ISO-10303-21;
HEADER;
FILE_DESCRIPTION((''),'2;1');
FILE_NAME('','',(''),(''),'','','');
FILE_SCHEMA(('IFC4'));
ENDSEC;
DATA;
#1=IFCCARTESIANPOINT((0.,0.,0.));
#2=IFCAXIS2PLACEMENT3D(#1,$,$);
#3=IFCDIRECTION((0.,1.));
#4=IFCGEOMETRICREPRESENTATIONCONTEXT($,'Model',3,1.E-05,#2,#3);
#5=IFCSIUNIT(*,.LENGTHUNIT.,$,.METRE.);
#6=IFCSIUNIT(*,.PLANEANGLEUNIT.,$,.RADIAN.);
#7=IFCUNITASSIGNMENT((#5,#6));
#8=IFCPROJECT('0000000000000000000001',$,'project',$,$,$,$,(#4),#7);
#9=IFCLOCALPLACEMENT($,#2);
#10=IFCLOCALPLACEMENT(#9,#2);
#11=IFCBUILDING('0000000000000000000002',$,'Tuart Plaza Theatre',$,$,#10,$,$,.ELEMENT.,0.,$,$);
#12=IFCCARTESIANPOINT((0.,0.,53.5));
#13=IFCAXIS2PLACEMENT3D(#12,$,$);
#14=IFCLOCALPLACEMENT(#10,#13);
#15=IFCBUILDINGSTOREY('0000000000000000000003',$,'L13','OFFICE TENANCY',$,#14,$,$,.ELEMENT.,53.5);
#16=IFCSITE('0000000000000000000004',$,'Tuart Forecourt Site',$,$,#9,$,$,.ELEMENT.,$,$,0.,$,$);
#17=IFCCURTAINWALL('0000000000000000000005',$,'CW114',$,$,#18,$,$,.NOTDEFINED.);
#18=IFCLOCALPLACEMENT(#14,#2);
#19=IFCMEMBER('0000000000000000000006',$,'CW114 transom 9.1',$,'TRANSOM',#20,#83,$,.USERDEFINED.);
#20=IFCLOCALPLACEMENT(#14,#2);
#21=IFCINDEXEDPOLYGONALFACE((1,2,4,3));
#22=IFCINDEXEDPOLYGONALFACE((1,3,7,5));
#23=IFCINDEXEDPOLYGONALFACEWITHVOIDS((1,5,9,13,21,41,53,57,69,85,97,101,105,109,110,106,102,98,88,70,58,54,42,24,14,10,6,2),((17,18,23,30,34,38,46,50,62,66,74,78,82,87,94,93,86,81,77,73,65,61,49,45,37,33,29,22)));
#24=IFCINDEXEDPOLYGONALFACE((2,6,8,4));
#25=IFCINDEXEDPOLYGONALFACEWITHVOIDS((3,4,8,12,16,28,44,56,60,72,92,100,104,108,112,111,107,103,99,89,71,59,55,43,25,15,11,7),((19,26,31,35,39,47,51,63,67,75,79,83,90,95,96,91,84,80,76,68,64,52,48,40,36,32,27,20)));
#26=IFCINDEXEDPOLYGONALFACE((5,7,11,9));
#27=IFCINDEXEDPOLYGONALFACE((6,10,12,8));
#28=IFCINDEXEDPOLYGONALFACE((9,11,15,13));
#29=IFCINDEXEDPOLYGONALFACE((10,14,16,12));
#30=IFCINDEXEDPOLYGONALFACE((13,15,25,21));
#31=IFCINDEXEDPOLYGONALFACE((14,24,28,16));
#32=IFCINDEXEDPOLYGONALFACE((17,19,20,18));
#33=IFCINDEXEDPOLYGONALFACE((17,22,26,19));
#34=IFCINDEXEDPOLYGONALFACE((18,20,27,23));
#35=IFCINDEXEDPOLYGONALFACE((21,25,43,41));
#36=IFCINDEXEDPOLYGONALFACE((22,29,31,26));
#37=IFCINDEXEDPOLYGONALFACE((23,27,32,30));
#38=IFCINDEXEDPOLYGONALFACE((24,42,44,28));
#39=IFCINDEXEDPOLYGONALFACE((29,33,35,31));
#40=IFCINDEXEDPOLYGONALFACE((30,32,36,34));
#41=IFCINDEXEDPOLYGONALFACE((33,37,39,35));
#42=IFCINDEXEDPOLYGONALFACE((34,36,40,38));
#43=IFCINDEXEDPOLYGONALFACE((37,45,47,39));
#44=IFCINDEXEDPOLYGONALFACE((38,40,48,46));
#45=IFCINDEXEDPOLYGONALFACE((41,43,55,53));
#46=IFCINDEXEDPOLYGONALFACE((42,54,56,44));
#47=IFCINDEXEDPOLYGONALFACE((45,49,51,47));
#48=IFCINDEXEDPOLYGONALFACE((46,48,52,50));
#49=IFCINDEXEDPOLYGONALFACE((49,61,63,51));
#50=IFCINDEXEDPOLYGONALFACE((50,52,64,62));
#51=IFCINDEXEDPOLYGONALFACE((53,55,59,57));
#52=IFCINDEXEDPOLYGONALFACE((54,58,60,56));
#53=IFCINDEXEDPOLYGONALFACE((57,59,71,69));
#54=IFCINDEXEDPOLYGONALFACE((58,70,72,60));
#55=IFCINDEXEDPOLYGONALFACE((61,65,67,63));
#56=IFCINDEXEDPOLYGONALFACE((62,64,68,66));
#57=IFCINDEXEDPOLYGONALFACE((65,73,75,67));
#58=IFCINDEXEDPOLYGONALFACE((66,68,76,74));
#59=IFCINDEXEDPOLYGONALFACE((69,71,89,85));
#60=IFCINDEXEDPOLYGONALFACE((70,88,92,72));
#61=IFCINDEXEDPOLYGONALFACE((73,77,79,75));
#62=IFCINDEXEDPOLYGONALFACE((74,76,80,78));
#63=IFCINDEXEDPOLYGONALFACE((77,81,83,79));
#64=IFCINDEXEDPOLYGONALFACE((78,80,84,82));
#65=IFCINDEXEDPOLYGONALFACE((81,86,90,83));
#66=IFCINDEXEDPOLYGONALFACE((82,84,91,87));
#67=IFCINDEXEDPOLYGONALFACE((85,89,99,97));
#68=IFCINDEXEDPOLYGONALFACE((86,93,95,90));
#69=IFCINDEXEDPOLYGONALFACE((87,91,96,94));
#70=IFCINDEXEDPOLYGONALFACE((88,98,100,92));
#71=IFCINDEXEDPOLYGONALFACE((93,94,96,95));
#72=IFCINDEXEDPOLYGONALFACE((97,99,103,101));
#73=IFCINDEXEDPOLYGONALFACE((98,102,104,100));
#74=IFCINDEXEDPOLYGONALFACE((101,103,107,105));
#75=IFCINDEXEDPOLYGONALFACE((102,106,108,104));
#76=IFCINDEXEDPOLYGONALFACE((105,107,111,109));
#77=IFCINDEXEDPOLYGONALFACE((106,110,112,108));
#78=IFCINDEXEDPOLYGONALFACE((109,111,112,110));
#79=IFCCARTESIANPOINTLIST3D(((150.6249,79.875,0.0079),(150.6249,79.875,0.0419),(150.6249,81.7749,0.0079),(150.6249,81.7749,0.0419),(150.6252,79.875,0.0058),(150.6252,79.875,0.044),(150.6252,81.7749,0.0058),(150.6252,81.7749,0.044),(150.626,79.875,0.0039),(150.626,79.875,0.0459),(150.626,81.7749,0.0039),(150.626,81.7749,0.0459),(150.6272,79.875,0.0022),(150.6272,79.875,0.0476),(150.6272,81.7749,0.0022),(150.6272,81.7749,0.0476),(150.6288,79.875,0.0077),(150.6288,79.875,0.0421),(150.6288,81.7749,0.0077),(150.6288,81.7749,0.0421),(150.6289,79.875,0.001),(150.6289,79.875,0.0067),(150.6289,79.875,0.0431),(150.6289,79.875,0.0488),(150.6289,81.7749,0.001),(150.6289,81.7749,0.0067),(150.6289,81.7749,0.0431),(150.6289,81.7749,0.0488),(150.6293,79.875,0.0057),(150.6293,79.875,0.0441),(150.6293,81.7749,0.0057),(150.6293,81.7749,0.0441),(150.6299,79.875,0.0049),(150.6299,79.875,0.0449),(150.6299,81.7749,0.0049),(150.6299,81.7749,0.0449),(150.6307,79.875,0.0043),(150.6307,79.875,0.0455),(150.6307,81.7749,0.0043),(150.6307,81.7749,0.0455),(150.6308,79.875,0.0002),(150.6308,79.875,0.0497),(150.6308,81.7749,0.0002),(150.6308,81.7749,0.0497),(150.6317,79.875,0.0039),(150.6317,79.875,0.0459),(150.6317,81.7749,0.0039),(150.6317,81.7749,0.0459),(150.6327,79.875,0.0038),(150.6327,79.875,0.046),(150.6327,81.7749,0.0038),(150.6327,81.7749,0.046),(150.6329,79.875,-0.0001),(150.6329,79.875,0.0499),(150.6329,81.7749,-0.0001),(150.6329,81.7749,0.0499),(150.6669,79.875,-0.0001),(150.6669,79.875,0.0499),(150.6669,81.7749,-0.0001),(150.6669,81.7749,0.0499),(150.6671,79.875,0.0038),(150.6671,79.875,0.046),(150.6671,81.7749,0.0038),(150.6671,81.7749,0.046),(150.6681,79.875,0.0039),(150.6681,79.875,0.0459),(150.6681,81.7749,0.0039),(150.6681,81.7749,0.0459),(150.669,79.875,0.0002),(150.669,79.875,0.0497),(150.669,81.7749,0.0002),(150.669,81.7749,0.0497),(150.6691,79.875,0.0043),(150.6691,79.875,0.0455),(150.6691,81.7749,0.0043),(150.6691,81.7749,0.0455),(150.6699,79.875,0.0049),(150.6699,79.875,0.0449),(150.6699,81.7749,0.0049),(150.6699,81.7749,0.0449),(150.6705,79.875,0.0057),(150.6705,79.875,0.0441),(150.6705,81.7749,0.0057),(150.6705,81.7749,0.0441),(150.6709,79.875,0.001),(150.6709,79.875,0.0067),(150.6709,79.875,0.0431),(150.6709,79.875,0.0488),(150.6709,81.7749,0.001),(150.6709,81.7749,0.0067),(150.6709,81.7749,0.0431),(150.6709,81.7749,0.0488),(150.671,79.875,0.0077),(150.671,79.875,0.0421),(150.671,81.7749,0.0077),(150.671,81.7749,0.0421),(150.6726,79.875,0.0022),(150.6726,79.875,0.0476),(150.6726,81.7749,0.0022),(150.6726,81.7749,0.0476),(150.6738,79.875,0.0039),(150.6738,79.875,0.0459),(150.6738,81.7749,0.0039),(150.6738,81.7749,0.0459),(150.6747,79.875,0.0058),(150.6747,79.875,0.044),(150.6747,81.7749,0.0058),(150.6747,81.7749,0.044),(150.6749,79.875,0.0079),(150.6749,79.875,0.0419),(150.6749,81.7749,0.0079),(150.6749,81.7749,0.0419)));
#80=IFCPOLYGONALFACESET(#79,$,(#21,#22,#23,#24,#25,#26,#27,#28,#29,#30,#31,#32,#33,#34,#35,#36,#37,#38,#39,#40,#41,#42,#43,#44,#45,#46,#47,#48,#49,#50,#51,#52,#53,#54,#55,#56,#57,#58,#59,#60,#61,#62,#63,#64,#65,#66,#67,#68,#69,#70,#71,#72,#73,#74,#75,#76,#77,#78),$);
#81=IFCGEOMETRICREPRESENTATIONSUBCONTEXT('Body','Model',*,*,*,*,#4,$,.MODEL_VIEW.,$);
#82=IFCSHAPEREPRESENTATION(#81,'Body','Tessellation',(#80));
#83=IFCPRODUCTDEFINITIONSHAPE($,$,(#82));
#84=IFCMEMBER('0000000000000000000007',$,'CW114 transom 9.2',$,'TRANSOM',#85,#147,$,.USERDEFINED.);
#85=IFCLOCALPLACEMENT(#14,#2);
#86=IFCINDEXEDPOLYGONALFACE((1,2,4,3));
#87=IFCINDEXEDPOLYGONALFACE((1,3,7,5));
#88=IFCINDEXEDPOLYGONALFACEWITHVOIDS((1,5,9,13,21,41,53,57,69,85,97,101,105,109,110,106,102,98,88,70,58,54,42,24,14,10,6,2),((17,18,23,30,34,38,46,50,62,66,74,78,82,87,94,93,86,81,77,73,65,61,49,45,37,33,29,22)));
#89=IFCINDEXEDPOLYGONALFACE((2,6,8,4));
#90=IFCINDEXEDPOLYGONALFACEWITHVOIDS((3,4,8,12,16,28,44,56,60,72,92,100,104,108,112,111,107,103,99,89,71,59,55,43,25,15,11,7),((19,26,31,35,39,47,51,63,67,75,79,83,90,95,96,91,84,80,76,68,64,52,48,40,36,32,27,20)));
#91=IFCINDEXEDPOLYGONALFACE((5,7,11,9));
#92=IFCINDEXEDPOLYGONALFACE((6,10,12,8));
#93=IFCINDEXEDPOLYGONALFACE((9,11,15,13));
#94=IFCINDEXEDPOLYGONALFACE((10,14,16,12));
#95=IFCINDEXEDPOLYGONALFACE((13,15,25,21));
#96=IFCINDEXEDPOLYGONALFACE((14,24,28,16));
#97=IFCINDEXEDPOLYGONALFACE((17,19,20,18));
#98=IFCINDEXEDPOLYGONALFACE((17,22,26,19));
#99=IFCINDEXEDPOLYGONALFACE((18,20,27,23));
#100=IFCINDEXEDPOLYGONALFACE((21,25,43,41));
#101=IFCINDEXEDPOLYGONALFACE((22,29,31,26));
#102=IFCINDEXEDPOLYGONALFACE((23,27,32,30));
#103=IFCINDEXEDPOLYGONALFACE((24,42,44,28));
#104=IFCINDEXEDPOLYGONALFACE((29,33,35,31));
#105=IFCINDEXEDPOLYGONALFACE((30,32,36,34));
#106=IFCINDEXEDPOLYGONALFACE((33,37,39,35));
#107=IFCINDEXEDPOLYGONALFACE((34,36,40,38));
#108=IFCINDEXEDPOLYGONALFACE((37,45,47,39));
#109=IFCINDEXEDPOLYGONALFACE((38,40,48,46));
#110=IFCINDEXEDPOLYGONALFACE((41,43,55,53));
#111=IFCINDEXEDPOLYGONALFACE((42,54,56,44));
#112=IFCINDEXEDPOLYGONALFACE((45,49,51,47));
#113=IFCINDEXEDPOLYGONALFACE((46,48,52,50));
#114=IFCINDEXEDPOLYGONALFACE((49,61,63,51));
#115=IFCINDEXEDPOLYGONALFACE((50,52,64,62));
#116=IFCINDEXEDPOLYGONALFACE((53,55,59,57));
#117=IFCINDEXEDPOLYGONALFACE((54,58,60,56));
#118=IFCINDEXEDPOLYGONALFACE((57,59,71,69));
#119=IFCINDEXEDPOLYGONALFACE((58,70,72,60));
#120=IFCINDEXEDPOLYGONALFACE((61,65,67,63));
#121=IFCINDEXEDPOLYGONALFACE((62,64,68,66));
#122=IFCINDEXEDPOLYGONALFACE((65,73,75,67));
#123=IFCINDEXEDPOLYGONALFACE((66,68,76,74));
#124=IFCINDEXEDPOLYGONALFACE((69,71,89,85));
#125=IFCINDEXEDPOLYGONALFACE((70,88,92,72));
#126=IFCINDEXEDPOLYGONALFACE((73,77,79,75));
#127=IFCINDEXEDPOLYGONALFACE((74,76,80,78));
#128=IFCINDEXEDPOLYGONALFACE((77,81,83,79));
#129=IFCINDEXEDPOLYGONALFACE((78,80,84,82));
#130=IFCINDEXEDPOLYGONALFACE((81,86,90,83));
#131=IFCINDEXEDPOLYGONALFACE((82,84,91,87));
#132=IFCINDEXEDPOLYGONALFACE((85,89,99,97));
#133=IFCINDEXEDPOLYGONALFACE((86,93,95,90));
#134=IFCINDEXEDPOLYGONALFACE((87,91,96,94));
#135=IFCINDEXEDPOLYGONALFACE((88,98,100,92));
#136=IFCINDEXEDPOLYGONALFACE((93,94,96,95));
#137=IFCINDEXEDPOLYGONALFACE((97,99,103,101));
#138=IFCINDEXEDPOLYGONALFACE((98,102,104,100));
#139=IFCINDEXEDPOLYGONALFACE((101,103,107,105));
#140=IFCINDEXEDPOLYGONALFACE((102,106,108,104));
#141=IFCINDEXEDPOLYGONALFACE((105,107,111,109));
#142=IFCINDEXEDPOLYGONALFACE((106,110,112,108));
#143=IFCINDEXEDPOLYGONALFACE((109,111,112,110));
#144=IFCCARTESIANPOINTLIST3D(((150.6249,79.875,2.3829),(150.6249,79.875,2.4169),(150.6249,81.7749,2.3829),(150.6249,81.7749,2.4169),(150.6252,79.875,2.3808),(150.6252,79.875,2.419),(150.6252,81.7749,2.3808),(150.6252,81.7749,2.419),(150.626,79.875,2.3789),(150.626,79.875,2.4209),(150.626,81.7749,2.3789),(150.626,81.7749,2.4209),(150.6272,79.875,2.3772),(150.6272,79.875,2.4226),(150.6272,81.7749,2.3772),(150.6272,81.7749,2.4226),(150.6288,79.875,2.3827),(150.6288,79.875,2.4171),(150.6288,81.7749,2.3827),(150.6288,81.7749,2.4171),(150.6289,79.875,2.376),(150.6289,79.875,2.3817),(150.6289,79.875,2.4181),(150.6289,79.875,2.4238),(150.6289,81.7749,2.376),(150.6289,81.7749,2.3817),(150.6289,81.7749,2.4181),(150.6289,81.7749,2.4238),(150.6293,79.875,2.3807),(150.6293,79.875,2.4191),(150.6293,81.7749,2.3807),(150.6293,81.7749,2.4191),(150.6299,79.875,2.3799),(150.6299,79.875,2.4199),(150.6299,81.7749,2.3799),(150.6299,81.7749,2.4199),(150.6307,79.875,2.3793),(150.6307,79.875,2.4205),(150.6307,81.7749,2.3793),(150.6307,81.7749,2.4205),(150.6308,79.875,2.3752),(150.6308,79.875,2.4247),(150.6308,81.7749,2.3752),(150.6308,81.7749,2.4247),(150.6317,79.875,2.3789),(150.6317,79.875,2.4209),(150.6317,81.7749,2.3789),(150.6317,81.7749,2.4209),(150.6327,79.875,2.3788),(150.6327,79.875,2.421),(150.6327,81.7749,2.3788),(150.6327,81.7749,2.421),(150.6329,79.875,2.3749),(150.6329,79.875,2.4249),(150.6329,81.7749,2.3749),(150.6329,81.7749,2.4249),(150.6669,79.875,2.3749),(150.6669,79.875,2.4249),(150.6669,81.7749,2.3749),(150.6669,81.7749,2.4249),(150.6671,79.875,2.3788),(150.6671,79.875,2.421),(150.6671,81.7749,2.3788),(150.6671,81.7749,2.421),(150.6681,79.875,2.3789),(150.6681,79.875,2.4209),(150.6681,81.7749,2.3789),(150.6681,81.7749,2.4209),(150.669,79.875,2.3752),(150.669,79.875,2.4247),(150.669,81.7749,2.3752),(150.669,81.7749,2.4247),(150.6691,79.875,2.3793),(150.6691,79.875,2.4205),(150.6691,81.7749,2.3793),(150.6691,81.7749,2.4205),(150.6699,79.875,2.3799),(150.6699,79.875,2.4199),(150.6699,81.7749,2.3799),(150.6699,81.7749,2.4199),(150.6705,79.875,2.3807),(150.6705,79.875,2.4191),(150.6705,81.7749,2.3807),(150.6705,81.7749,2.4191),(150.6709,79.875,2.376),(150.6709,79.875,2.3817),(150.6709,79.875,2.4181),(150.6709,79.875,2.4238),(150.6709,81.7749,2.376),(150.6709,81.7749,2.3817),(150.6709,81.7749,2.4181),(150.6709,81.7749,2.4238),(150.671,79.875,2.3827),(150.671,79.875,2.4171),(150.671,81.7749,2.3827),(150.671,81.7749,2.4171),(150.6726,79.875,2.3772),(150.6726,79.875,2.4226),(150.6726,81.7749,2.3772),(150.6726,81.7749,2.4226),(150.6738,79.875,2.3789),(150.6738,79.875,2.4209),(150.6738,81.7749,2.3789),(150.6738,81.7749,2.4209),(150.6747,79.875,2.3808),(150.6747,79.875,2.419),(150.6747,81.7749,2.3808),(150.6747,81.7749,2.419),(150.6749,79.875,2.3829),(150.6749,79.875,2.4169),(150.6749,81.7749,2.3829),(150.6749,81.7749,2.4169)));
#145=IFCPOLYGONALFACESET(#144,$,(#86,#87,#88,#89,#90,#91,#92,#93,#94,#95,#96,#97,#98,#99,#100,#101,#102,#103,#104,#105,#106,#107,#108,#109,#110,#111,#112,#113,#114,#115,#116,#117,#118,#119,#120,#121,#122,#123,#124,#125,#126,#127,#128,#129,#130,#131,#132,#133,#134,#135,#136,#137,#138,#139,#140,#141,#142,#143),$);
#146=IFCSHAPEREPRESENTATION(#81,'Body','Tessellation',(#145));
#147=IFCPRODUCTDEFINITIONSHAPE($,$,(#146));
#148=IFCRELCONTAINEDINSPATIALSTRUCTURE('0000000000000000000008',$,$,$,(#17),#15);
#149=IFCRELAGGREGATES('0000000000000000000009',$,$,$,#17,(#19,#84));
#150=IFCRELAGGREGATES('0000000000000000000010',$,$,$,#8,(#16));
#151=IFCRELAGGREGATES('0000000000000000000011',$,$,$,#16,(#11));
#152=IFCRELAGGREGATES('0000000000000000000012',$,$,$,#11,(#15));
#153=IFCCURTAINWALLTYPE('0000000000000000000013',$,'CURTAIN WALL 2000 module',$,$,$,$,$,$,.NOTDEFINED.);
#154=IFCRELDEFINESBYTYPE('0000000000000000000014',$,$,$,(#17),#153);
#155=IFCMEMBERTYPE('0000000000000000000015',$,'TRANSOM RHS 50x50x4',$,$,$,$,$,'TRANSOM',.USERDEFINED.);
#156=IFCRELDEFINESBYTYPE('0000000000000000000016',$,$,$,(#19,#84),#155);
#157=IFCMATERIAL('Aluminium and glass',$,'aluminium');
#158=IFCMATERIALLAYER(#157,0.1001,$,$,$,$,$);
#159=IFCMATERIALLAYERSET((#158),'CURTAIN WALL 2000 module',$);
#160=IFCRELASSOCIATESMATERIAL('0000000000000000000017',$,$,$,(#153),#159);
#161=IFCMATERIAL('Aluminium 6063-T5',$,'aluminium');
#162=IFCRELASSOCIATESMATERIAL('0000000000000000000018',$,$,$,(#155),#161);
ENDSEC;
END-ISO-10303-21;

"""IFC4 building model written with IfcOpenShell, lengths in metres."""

from ifc_helpers import new_model, si_unit, direction, frame, origin, origin_2d, place, context, subcontext, project, spatial, hollow_rectangle, extrude, material, layer, layer_set, material_profile, profile_set, type_object, element, aggregate, save


model = new_model("IFC4")

# Units and contexts
model_context = context("Model", 3, precision=1e-05, world=origin(), true_north=direction((0.0, 1.0)))
body_context = subcontext(model_context, "Body", "Model", "MODEL_VIEW")
ifc_project = project(units=[si_unit("LENGTHUNIT", "METRE"), si_unit("PLANEANGLEUNIT", "RADIAN")], contexts=[model_context])

# Site, building, storey
site_placement = place(None, origin())
site = spatial("IfcSite", under=ifc_project, at=site_placement, Name="Tuart Forecourt Site", CompositionType="ELEMENT", RefElevation=0.0)
building_placement = place(site_placement, origin())
building = spatial("IfcBuilding", under=site, at=building_placement, Name="Tuart Plaza Theatre", CompositionType="ELEMENT", ElevationOfRefHeight=0.0)
storey_placement = place(building_placement, frame((0.0, 0.0, 53.5)))
storey = spatial("IfcBuildingStorey", under=building, at=storey_placement, Name="L13", Description="OFFICE TENANCY", CompositionType="ELEMENT", Elevation=53.5)

# Curtain wall
ifc_material_1 = material(Name="Aluminium and glass", Category="aluminium")
ifc_layer_1 = layer(ifc_material_1, 0.1001)
ifc_layer_set_1 = layer_set([ifc_layer_1], Name="CURTAIN WALL 2000 module")
curtain_wall_type = type_object("IfcCurtainWallType", Name="CURTAIN WALL 2000 module", PredefinedType="NOTDEFINED", material=ifc_layer_set_1)
curtain_wall_1_placement = place(storey_placement, origin())
curtain_wall_1 = element("IfcCurtainWall", 1, at=curtain_wall_1_placement, inside=storey, type_object=curtain_wall_type, Name="CW114", PredefinedType="NOTDEFINED")

# Members
ifc_material_2 = material(Name="Aluminium 6063-T5", Category="aluminium")
ifc_material_profile_1 = material_profile(ifc_material_2, hollow_rectangle(XDim=0.05, YDim=0.05, WallThickness=0.0039, InnerFilletRadius=0.0039, OuterFilletRadius=0.0081, at=origin_2d()), Name="RHS 50x50x4")
ifc_profile_set_1 = profile_set([ifc_material_profile_1], Name="Aluminium 6063-T5")
member_type_1 = type_object("IfcMemberType", Name="TRANSOM RHS 50x50x4", ElementType="TRANSOM", PredefinedType="USERDEFINED", material=ifc_profile_set_1)
member_1_placement = place(storey_placement, frame((150.6499, 79.875, 0.0249), z_axis=(0.0, 1.0, 0.0), x_axis=(-1.0, 0.0, 0.0)))
member_1 = element("IfcMember", 2, at=member_1_placement, type_object=member_type_1, Name="CW114 transom 9.1", ObjectType="TRANSOM", PredefinedType="USERDEFINED", context=body_context, shape_type="SweptSolid", body=[
    extrude(hollow_rectangle(XDim=0.05, YDim=0.05, WallThickness=0.0039, InnerFilletRadius=0.0039, OuterFilletRadius=0.0081, at=origin_2d()), origin(), (0.0, 0.0, 1.0), 1.8999),
])
member_2_placement = place(storey_placement, frame((150.6499, 79.875, 2.3999), z_axis=(0.0, 1.0, 0.0), x_axis=(-1.0, 0.0, 0.0)))
member_2 = element("IfcMember", 3, at=member_2_placement, type_object=member_type_1, Name="CW114 transom 9.2", ObjectType="TRANSOM", PredefinedType="USERDEFINED", context=body_context, shape_type="SweptSolid", body=[
    extrude(hollow_rectangle(XDim=0.05, YDim=0.05, WallThickness=0.0039, InnerFilletRadius=0.0039, OuterFilletRadius=0.0081, at=origin_2d()), origin(), (0.0, 0.0, 1.0), 1.8999),
])

aggregate(curtain_wall_1, [member_1, member_2])

save(model, "model.ifc")
